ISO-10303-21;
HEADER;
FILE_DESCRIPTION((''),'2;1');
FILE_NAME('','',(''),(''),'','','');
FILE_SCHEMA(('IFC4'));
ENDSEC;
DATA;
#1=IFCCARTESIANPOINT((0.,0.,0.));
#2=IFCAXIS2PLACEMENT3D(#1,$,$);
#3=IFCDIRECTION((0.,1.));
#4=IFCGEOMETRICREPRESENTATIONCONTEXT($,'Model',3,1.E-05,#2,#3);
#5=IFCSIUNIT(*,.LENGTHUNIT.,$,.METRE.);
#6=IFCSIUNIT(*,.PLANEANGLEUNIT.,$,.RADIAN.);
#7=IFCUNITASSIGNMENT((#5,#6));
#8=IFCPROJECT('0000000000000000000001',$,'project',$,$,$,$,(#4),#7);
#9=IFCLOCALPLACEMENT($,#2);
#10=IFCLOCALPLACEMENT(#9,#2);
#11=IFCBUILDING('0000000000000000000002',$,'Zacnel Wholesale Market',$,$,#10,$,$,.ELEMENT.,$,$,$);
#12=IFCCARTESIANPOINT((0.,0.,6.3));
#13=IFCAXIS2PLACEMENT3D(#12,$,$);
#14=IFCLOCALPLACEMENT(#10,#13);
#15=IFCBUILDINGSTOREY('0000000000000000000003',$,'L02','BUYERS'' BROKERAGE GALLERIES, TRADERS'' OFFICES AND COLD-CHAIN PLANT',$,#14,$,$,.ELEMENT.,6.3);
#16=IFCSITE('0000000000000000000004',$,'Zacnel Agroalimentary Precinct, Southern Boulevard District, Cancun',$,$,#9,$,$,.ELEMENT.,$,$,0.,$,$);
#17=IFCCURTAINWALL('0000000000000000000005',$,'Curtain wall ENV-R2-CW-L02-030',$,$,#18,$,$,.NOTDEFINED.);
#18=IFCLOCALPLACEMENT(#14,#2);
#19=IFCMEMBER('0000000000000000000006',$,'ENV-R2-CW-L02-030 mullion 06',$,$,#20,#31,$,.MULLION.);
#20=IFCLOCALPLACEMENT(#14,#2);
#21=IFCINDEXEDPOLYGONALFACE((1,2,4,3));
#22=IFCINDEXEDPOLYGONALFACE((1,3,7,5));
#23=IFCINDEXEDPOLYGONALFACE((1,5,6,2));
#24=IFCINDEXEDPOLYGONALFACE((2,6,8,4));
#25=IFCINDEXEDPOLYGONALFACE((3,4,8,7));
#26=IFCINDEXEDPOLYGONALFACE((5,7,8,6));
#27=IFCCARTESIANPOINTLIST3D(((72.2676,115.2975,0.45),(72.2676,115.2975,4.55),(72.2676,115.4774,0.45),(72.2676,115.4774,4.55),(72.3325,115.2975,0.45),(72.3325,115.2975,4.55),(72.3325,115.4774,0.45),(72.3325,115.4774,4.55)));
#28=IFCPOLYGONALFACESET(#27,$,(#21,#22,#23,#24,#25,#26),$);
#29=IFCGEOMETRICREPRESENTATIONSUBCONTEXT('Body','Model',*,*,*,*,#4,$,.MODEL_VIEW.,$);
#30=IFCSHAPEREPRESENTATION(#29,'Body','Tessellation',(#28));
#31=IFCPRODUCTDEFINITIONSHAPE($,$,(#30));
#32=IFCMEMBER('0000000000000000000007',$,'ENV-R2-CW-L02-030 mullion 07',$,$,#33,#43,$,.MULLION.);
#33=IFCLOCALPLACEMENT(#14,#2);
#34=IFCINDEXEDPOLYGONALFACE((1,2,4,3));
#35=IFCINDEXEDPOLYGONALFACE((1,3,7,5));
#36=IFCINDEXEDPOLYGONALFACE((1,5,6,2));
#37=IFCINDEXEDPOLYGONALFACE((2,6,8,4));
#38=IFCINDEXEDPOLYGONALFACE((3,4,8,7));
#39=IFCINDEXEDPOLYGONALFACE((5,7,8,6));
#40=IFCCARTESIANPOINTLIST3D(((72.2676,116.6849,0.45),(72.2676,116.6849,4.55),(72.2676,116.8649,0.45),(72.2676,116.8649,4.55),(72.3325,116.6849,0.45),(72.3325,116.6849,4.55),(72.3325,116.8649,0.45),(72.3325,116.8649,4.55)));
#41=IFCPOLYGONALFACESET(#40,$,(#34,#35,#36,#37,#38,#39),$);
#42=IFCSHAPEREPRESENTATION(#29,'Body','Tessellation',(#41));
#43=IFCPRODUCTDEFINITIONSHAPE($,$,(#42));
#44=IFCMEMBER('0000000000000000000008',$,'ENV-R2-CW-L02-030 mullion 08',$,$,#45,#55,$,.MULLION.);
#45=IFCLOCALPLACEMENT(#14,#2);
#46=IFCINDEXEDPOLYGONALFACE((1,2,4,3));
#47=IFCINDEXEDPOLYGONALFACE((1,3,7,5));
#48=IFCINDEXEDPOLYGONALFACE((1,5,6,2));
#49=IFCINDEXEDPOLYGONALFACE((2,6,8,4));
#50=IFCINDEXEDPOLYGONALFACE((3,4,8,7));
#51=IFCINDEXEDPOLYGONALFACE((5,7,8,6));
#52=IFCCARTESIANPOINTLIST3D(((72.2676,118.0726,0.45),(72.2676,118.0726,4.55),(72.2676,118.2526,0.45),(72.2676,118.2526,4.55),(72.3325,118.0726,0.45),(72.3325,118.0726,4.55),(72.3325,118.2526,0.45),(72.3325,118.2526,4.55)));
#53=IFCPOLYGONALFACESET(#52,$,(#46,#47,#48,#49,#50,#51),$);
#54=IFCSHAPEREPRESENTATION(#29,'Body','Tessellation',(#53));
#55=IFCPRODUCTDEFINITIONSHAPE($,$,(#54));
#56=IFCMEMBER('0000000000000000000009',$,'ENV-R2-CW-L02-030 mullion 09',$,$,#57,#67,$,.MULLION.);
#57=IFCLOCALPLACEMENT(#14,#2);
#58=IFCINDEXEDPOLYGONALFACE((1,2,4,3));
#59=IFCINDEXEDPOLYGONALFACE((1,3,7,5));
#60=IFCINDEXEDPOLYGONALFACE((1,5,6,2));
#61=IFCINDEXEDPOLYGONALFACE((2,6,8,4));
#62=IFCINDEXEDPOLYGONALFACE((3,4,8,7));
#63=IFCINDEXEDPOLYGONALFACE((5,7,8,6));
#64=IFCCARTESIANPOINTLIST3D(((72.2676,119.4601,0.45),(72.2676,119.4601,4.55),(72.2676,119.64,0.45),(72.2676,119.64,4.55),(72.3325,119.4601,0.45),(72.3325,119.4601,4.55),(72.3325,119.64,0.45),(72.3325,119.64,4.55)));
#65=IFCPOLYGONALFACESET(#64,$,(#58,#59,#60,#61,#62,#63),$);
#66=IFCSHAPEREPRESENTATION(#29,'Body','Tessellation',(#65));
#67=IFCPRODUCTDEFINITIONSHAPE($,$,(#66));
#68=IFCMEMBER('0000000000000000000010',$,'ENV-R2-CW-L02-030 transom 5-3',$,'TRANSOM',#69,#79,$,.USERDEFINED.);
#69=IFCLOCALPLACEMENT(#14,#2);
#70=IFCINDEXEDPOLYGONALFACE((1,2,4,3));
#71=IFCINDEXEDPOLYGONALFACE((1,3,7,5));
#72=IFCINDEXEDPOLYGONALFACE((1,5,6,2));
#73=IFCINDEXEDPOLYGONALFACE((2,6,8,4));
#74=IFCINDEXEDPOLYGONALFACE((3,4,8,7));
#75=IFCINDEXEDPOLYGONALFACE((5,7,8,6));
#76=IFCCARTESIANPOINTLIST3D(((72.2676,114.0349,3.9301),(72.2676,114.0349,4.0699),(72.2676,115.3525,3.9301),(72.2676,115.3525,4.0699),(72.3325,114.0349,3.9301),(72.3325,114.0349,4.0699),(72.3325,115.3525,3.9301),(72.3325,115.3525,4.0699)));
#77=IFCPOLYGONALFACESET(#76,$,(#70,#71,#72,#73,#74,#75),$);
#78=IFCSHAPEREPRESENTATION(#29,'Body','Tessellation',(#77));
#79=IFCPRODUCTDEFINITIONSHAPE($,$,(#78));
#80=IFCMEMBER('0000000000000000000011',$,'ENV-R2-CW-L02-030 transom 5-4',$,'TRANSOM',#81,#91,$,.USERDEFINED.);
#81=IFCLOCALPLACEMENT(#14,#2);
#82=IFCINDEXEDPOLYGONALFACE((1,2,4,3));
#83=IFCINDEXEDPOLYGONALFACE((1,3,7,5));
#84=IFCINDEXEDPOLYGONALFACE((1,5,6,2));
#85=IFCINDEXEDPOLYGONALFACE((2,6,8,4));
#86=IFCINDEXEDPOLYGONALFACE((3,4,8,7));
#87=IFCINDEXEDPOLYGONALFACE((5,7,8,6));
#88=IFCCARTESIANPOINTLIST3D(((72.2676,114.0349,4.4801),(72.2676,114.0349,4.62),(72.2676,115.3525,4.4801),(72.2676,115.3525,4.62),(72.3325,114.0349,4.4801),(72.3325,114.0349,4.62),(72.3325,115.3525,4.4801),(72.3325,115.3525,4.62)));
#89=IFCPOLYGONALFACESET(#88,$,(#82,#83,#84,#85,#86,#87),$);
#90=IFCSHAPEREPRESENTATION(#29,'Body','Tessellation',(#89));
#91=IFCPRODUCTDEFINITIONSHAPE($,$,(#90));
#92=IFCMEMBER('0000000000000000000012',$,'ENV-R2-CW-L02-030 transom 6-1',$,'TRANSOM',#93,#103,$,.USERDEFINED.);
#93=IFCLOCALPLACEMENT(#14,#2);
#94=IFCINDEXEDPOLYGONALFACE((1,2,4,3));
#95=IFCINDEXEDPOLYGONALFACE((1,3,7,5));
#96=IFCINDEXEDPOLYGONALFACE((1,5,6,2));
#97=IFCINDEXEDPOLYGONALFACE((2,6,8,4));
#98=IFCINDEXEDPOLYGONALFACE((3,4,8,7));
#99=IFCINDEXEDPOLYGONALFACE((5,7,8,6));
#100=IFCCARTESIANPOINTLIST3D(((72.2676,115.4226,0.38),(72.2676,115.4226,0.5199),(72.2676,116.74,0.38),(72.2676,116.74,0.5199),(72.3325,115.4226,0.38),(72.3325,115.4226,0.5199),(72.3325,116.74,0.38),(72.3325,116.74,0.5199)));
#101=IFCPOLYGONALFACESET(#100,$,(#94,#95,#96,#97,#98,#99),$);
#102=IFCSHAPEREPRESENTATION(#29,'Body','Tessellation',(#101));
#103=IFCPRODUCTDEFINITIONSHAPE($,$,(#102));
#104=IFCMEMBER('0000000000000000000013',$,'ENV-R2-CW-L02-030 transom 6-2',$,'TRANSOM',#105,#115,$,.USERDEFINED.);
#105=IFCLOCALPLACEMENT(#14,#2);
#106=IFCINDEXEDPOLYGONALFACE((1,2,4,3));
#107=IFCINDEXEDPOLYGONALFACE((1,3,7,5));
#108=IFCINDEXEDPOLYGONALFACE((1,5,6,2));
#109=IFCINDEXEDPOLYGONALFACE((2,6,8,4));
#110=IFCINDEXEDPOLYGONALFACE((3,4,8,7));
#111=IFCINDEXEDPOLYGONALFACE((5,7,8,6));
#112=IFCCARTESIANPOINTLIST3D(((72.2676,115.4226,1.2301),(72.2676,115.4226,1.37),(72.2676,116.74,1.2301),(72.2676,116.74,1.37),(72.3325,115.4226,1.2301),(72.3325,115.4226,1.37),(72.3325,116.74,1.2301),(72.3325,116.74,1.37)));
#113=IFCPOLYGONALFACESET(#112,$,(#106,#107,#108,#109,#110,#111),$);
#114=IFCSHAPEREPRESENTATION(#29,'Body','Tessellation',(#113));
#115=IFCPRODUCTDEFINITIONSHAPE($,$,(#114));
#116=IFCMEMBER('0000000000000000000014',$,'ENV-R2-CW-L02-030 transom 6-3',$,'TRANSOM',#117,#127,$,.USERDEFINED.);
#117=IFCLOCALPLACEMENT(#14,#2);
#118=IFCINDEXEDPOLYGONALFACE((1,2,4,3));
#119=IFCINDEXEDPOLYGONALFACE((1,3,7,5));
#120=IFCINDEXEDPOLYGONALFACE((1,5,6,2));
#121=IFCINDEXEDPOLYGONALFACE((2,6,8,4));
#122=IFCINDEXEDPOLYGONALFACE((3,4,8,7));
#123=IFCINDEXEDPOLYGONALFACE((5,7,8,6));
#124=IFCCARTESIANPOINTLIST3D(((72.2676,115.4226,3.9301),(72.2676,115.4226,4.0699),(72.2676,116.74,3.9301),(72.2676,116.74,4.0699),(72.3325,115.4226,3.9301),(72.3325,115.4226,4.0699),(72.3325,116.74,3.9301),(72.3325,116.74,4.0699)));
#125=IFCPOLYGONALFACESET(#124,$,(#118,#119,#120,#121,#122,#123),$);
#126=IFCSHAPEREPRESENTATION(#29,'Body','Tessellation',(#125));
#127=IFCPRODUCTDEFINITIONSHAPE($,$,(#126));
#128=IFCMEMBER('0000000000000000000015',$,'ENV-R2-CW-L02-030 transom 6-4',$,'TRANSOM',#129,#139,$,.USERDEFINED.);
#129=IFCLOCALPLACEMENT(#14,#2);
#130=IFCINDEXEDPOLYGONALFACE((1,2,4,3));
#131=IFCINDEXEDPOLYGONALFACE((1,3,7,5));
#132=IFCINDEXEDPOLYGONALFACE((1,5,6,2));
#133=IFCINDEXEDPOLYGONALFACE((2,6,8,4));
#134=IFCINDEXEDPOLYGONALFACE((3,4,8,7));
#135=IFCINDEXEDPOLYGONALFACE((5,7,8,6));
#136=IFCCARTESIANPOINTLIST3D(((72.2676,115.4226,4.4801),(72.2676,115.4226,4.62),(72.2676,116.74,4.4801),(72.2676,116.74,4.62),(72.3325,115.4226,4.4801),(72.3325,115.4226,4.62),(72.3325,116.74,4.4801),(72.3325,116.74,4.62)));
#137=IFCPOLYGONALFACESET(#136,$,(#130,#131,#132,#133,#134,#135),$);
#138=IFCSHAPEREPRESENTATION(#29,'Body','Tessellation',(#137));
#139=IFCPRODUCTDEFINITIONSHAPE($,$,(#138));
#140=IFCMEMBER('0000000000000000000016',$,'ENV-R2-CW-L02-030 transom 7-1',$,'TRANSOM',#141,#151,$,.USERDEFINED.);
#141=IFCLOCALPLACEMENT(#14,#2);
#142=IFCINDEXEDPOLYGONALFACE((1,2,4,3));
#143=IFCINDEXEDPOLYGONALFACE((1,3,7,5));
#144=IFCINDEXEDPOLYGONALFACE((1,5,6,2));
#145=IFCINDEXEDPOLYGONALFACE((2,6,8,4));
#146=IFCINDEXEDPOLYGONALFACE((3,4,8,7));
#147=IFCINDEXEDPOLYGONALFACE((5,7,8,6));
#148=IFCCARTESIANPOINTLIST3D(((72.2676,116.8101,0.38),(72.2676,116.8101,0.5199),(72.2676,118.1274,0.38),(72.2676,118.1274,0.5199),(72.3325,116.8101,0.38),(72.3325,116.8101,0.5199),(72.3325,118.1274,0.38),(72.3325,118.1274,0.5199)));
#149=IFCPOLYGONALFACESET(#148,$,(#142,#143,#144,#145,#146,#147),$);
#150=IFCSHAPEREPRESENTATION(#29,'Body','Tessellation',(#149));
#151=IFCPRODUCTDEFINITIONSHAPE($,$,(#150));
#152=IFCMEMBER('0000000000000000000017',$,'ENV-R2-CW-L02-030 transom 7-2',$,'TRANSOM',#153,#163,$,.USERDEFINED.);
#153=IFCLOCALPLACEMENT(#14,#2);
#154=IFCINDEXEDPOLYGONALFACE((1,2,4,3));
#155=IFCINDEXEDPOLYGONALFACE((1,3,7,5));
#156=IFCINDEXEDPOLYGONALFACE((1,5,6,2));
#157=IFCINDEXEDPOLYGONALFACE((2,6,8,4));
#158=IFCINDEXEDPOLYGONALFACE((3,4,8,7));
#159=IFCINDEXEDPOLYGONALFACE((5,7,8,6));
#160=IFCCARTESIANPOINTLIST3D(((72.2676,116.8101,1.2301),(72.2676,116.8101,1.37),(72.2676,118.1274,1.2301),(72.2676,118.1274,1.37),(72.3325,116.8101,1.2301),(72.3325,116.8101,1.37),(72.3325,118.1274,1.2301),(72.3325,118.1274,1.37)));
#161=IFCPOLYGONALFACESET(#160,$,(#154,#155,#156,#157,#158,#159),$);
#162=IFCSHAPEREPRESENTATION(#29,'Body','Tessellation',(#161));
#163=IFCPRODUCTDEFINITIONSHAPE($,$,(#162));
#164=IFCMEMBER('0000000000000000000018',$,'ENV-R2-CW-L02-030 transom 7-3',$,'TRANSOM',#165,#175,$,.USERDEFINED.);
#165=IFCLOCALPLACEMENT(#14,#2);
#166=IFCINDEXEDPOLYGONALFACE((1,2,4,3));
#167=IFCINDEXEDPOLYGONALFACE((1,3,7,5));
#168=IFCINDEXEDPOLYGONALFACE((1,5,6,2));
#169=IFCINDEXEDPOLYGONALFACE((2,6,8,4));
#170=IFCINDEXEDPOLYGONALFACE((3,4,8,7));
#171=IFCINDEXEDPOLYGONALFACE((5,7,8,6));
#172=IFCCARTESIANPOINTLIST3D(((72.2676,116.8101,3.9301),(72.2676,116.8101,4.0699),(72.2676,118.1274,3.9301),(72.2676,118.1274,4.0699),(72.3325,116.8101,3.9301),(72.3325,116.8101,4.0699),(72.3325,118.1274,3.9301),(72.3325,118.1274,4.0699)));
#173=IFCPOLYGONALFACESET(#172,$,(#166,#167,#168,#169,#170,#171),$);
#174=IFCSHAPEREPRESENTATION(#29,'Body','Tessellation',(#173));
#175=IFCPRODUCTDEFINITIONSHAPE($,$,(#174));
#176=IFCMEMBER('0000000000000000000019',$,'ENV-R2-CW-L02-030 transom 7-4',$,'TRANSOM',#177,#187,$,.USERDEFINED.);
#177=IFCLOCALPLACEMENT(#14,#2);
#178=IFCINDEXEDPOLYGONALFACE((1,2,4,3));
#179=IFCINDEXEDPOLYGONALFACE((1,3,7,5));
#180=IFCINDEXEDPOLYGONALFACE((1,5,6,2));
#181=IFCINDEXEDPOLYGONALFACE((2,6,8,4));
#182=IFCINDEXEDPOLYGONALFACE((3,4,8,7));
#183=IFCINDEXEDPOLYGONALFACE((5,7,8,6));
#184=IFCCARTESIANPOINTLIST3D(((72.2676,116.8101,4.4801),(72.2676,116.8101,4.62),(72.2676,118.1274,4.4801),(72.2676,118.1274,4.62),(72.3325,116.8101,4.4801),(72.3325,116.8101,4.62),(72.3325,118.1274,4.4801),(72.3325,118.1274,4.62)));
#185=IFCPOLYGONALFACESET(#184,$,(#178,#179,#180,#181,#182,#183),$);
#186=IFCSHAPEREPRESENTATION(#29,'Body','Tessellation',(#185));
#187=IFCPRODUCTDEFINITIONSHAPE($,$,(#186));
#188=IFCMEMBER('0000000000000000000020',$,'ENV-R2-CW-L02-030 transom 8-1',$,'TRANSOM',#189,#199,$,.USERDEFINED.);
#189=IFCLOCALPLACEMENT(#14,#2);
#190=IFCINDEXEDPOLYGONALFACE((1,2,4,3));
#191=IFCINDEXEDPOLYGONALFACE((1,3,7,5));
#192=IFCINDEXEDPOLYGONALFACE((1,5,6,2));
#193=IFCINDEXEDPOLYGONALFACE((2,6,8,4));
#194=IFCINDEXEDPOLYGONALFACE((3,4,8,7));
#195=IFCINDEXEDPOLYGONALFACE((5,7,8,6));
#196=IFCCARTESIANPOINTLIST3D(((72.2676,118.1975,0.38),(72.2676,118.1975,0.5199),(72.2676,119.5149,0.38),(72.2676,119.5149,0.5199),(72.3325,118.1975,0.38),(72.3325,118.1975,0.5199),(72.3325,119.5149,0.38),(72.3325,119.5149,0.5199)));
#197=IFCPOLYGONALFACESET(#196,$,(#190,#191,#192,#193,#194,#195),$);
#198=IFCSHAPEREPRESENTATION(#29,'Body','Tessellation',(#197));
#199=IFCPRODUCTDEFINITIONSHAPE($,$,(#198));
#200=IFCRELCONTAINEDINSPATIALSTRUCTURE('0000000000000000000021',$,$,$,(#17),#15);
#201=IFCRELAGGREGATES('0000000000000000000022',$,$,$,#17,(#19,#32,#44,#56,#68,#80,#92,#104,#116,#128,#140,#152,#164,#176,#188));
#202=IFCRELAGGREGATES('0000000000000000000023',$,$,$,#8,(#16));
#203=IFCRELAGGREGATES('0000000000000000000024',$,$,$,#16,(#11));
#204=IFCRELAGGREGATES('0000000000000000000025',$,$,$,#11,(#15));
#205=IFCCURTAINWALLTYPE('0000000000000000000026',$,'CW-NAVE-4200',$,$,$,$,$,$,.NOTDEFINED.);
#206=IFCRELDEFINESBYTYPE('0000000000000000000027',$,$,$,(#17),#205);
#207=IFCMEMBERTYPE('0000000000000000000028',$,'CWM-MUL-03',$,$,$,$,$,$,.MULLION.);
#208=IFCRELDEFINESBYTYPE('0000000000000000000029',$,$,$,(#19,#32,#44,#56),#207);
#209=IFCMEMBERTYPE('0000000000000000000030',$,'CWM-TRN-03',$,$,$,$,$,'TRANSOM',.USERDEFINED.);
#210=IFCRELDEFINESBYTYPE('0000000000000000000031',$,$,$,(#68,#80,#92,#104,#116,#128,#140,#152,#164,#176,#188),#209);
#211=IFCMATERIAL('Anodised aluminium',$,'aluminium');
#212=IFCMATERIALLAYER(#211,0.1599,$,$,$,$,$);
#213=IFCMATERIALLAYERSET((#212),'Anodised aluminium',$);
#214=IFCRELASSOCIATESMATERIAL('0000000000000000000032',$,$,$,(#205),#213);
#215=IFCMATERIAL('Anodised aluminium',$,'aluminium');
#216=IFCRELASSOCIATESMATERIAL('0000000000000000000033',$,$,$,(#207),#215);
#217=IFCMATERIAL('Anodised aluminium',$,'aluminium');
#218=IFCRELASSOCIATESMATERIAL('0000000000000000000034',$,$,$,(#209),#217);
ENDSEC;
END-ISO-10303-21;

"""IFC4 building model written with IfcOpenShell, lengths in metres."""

from ifc_helpers import new_model, si_unit, direction, frame, origin, origin_2d, place, context, subcontext, project, spatial, rectangle, extrude, material, layer, layer_set, material_profile, profile_set, type_object, element, aggregate, save


model = new_model("IFC4")

# Units and contexts
model_context = context("Model", 3, precision=1e-05, world=origin(), true_north=direction((0.0, 1.0)))
body_context = subcontext(model_context, "Body", "Model", "MODEL_VIEW")
ifc_project = project(units=[si_unit("LENGTHUNIT", "METRE"), si_unit("PLANEANGLEUNIT", "RADIAN")], contexts=[model_context])

# Site, building, storey
site_placement = place(None, origin())
site = spatial("IfcSite", under=ifc_project, at=site_placement, Name="Zacnel Agroalimentary Precinct, Southern Boulevard District, Cancun", CompositionType="ELEMENT", RefElevation=0.0)
building_placement = place(site_placement, origin())
building = spatial("IfcBuilding", under=site, at=building_placement, Name="Zacnel Wholesale Market", CompositionType="ELEMENT")
storey_placement = place(building_placement, frame((0.0, 0.0, 6.3)))
storey = spatial("IfcBuildingStorey", under=building, at=storey_placement, Name="L02", Description="BUYERS' BROKERAGE GALLERIES, TRADERS' OFFICES AND COLD-CHAIN PLANT", CompositionType="ELEMENT", Elevation=6.3)

# Curtain wall, members
ifc_material_1 = material(Name="Anodised aluminium", Category="aluminium")
ifc_layer_1 = layer(ifc_material_1, 0.1599)
ifc_layer_set_1 = layer_set([ifc_layer_1], Name="Anodised aluminium")
curtain_wall_type = type_object("IfcCurtainWallType", Name="CW-NAVE-4200", PredefinedType="NOTDEFINED", material=ifc_layer_set_1)
curtain_wall_placement = place(storey_placement, origin())
curtain_wall = element("IfcCurtainWall", 1, at=curtain_wall_placement, inside=storey, type_object=curtain_wall_type, Name="Curtain wall ENV-R2-CW-L02-030", PredefinedType="NOTDEFINED")
ifc_material_2 = material(Name="Anodised aluminium", Category="aluminium")
ifc_material_profile_1 = material_profile(ifc_material_2, rectangle(XDim=0.0649, YDim=0.1799, at=origin_2d()), Name="AW-MULLION 65x180")
ifc_profile_set_1 = profile_set([ifc_material_profile_1], Name="Anodised aluminium")
member_type_1 = type_object("IfcMemberType", Name="CWM-MUL-03", PredefinedType="MULLION", material=ifc_profile_set_1)
member_1_placement = place(storey_placement, frame((72.3, 115.3875, 0.45), z_axis=(0.0, 0.0, 1.0), x_axis=(1.0, 0.0, 0.0)))
member_1 = element("IfcMember", 2, at=member_1_placement, type_object=member_type_1, Name="ENV-R2-CW-L02-030 mullion 06", PredefinedType="MULLION", context=body_context, shape_type="SweptSolid", body=[
    extrude(rectangle(XDim=0.0649, YDim=0.1799, at=origin_2d()), origin(), (0.0, 0.0, 1.0), 4.1001),
])
member_2_placement = place(storey_placement, frame((72.3, 116.7749, 0.45), z_axis=(0.0, 0.0, 1.0), x_axis=(1.0, 0.0, 0.0)))
member_2 = element("IfcMember", 3, at=member_2_placement, type_object=member_type_1, Name="ENV-R2-CW-L02-030 mullion 07", PredefinedType="MULLION", context=body_context, shape_type="SweptSolid", body=[
    extrude(rectangle(XDim=0.0649, YDim=0.1799, at=origin_2d()), origin(), (0.0, 0.0, 1.0), 4.1001),
])
member_3_placement = place(storey_placement, frame((72.3, 118.1626, 0.45), z_axis=(0.0, 0.0, 1.0), x_axis=(1.0, 0.0, 0.0)))
member_3 = element("IfcMember", 4, at=member_3_placement, type_object=member_type_1, Name="ENV-R2-CW-L02-030 mullion 08", PredefinedType="MULLION", context=body_context, shape_type="SweptSolid", body=[
    extrude(rectangle(XDim=0.0649, YDim=0.1799, at=origin_2d()), origin(), (0.0, 0.0, 1.0), 4.1001),
])
member_4_placement = place(storey_placement, frame((72.3, 119.55, 0.45), z_axis=(0.0, 0.0, 1.0), x_axis=(1.0, 0.0, 0.0)))
member_4 = element("IfcMember", 5, at=member_4_placement, type_object=member_type_1, Name="ENV-R2-CW-L02-030 mullion 09", PredefinedType="MULLION", context=body_context, shape_type="SweptSolid", body=[
    extrude(rectangle(XDim=0.0649, YDim=0.1799, at=origin_2d()), origin(), (0.0, 0.0, 1.0), 4.1001),
])
ifc_material_3 = material(Name="Anodised aluminium", Category="aluminium")
ifc_material_profile_2 = material_profile(ifc_material_3, rectangle(XDim=0.0649, YDim=0.1399, at=origin_2d()), Name="AW-TRANSOM 65x140")
ifc_profile_set_2 = profile_set([ifc_material_profile_2], Name="Anodised aluminium")
member_type_2 = type_object("IfcMemberType", Name="CWM-TRN-03", ElementType="TRANSOM", PredefinedType="USERDEFINED", material=ifc_profile_set_2)
member_5_placement = place(storey_placement, frame((72.3, 114.0349, 4.0), z_axis=(0.0, 1.0, 0.0), x_axis=(-1.0, 0.0, 0.0)))
member_5 = element("IfcMember", 6, at=member_5_placement, type_object=member_type_2, Name="ENV-R2-CW-L02-030 transom 5-3", ObjectType="TRANSOM", PredefinedType="USERDEFINED", context=body_context, shape_type="SweptSolid", body=[
    extrude(rectangle(XDim=0.0649, YDim=0.1399, at=origin_2d()), origin(), (0.0, 0.0, 1.0), 1.3176),
])
member_6_placement = place(storey_placement, frame((72.3, 114.0349, 4.55), z_axis=(0.0, 1.0, 0.0), x_axis=(-1.0, 0.0, 0.0)))
member_6 = element("IfcMember", 7, at=member_6_placement, type_object=member_type_2, Name="ENV-R2-CW-L02-030 transom 5-4", ObjectType="TRANSOM", PredefinedType="USERDEFINED", context=body_context, shape_type="SweptSolid", body=[
    extrude(rectangle(XDim=0.0649, YDim=0.1399, at=origin_2d()), origin(), (0.0, 0.0, 1.0), 1.3176),
])
member_7_placement = place(storey_placement, frame((72.3, 115.4226, 0.45), z_axis=(0.0, 1.0, 0.0), x_axis=(-1.0, 0.0, 0.0)))
member_7 = element("IfcMember", 8, at=member_7_placement, type_object=member_type_2, Name="ENV-R2-CW-L02-030 transom 6-1", ObjectType="TRANSOM", PredefinedType="USERDEFINED", context=body_context, shape_type="SweptSolid", body=[
    extrude(rectangle(XDim=0.0649, YDim=0.1399, at=origin_2d()), origin(), (0.0, 0.0, 1.0), 1.3174),
])
member_8_placement = place(storey_placement, frame((72.3, 115.4226, 1.3), z_axis=(0.0, 1.0, 0.0), x_axis=(-1.0, 0.0, 0.0)))
member_8 = element("IfcMember", 9, at=member_8_placement, type_object=member_type_2, Name="ENV-R2-CW-L02-030 transom 6-2", ObjectType="TRANSOM", PredefinedType="USERDEFINED", context=body_context, shape_type="SweptSolid", body=[
    extrude(rectangle(XDim=0.0649, YDim=0.1399, at=origin_2d()), origin(), (0.0, 0.0, 1.0), 1.3174),
])
member_9_placement = place(storey_placement, frame((72.3, 115.4226, 4.0), z_axis=(0.0, 1.0, 0.0), x_axis=(-1.0, 0.0, 0.0)))
member_9 = element("IfcMember", 10, at=member_9_placement, type_object=member_type_2, Name="ENV-R2-CW-L02-030 transom 6-3", ObjectType="TRANSOM", PredefinedType="USERDEFINED", context=body_context, shape_type="SweptSolid", body=[
    extrude(rectangle(XDim=0.0649, YDim=0.1399, at=origin_2d()), origin(), (0.0, 0.0, 1.0), 1.3174),
])
member_10_placement = place(storey_placement, frame((72.3, 115.4226, 4.55), z_axis=(0.0, 1.0, 0.0), x_axis=(-1.0, 0.0, 0.0)))
member_10 = element("IfcMember", 11, at=member_10_placement, type_object=member_type_2, Name="ENV-R2-CW-L02-030 transom 6-4", ObjectType="TRANSOM", PredefinedType="USERDEFINED", context=body_context, shape_type="SweptSolid", body=[
    extrude(rectangle(XDim=0.0649, YDim=0.1399, at=origin_2d()), origin(), (0.0, 0.0, 1.0), 1.3174),
])
member_11_placement = place(storey_placement, frame((72.3, 116.8101, 0.45), z_axis=(0.0, 1.0, 0.0), x_axis=(-1.0, 0.0, 0.0)))
member_11 = element("IfcMember", 12, at=member_11_placement, type_object=member_type_2, Name="ENV-R2-CW-L02-030 transom 7-1", ObjectType="TRANSOM", PredefinedType="USERDEFINED", context=body_context, shape_type="SweptSolid", body=[
    extrude(rectangle(XDim=0.0649, YDim=0.1399, at=origin_2d()), origin(), (0.0, 0.0, 1.0), 1.3174),
])
member_12_placement = place(storey_placement, frame((72.3, 116.8101, 1.3), z_axis=(0.0, 1.0, 0.0), x_axis=(-1.0, 0.0, 0.0)))
member_12 = element("IfcMember", 13, at=member_12_placement, type_object=member_type_2, Name="ENV-R2-CW-L02-030 transom 7-2", ObjectType="TRANSOM", PredefinedType="USERDEFINED", context=body_context, shape_type="SweptSolid", body=[
    extrude(rectangle(XDim=0.0649, YDim=0.1399, at=origin_2d()), origin(), (0.0, 0.0, 1.0), 1.3174),
])
member_13_placement = place(storey_placement, frame((72.3, 116.8101, 4.0), z_axis=(0.0, 1.0, 0.0), x_axis=(-1.0, 0.0, 0.0)))
member_13 = element("IfcMember", 14, at=member_13_placement, type_object=member_type_2, Name="ENV-R2-CW-L02-030 transom 7-3", ObjectType="TRANSOM", PredefinedType="USERDEFINED", context=body_context, shape_type="SweptSolid", body=[
    extrude(rectangle(XDim=0.0649, YDim=0.1399, at=origin_2d()), origin(), (0.0, 0.0, 1.0), 1.3174),
])
member_14_placement = place(storey_placement, frame((72.3, 116.8101, 4.55), z_axis=(0.0, 1.0, 0.0), x_axis=(-1.0, 0.0, 0.0)))
member_14 = element("IfcMember", 15, at=member_14_placement, type_object=member_type_2, Name="ENV-R2-CW-L02-030 transom 7-4", ObjectType="TRANSOM", PredefinedType="USERDEFINED", context=body_context, shape_type="SweptSolid", body=[
    extrude(rectangle(XDim=0.0649, YDim=0.1399, at=origin_2d()), origin(), (0.0, 0.0, 1.0), 1.3174),
])
member_15_placement = place(storey_placement, frame((72.3, 118.1975, 0.45), z_axis=(0.0, 1.0, 0.0), x_axis=(-1.0, 0.0, 0.0)))
member_15 = element("IfcMember", 16, at=member_15_placement, type_object=member_type_2, Name="ENV-R2-CW-L02-030 transom 8-1", ObjectType="TRANSOM", PredefinedType="USERDEFINED", context=body_context, shape_type="SweptSolid", body=[
    extrude(rectangle(XDim=0.0649, YDim=0.1399, at=origin_2d()), origin(), (0.0, 0.0, 1.0), 1.3174),
])
aggregate(curtain_wall, [member_1, member_2, member_3, member_4, member_5, member_6, member_7, member_8, member_9, member_10, member_11, member_12, member_13, member_14, member_15])

save(model, "model.ifc")
